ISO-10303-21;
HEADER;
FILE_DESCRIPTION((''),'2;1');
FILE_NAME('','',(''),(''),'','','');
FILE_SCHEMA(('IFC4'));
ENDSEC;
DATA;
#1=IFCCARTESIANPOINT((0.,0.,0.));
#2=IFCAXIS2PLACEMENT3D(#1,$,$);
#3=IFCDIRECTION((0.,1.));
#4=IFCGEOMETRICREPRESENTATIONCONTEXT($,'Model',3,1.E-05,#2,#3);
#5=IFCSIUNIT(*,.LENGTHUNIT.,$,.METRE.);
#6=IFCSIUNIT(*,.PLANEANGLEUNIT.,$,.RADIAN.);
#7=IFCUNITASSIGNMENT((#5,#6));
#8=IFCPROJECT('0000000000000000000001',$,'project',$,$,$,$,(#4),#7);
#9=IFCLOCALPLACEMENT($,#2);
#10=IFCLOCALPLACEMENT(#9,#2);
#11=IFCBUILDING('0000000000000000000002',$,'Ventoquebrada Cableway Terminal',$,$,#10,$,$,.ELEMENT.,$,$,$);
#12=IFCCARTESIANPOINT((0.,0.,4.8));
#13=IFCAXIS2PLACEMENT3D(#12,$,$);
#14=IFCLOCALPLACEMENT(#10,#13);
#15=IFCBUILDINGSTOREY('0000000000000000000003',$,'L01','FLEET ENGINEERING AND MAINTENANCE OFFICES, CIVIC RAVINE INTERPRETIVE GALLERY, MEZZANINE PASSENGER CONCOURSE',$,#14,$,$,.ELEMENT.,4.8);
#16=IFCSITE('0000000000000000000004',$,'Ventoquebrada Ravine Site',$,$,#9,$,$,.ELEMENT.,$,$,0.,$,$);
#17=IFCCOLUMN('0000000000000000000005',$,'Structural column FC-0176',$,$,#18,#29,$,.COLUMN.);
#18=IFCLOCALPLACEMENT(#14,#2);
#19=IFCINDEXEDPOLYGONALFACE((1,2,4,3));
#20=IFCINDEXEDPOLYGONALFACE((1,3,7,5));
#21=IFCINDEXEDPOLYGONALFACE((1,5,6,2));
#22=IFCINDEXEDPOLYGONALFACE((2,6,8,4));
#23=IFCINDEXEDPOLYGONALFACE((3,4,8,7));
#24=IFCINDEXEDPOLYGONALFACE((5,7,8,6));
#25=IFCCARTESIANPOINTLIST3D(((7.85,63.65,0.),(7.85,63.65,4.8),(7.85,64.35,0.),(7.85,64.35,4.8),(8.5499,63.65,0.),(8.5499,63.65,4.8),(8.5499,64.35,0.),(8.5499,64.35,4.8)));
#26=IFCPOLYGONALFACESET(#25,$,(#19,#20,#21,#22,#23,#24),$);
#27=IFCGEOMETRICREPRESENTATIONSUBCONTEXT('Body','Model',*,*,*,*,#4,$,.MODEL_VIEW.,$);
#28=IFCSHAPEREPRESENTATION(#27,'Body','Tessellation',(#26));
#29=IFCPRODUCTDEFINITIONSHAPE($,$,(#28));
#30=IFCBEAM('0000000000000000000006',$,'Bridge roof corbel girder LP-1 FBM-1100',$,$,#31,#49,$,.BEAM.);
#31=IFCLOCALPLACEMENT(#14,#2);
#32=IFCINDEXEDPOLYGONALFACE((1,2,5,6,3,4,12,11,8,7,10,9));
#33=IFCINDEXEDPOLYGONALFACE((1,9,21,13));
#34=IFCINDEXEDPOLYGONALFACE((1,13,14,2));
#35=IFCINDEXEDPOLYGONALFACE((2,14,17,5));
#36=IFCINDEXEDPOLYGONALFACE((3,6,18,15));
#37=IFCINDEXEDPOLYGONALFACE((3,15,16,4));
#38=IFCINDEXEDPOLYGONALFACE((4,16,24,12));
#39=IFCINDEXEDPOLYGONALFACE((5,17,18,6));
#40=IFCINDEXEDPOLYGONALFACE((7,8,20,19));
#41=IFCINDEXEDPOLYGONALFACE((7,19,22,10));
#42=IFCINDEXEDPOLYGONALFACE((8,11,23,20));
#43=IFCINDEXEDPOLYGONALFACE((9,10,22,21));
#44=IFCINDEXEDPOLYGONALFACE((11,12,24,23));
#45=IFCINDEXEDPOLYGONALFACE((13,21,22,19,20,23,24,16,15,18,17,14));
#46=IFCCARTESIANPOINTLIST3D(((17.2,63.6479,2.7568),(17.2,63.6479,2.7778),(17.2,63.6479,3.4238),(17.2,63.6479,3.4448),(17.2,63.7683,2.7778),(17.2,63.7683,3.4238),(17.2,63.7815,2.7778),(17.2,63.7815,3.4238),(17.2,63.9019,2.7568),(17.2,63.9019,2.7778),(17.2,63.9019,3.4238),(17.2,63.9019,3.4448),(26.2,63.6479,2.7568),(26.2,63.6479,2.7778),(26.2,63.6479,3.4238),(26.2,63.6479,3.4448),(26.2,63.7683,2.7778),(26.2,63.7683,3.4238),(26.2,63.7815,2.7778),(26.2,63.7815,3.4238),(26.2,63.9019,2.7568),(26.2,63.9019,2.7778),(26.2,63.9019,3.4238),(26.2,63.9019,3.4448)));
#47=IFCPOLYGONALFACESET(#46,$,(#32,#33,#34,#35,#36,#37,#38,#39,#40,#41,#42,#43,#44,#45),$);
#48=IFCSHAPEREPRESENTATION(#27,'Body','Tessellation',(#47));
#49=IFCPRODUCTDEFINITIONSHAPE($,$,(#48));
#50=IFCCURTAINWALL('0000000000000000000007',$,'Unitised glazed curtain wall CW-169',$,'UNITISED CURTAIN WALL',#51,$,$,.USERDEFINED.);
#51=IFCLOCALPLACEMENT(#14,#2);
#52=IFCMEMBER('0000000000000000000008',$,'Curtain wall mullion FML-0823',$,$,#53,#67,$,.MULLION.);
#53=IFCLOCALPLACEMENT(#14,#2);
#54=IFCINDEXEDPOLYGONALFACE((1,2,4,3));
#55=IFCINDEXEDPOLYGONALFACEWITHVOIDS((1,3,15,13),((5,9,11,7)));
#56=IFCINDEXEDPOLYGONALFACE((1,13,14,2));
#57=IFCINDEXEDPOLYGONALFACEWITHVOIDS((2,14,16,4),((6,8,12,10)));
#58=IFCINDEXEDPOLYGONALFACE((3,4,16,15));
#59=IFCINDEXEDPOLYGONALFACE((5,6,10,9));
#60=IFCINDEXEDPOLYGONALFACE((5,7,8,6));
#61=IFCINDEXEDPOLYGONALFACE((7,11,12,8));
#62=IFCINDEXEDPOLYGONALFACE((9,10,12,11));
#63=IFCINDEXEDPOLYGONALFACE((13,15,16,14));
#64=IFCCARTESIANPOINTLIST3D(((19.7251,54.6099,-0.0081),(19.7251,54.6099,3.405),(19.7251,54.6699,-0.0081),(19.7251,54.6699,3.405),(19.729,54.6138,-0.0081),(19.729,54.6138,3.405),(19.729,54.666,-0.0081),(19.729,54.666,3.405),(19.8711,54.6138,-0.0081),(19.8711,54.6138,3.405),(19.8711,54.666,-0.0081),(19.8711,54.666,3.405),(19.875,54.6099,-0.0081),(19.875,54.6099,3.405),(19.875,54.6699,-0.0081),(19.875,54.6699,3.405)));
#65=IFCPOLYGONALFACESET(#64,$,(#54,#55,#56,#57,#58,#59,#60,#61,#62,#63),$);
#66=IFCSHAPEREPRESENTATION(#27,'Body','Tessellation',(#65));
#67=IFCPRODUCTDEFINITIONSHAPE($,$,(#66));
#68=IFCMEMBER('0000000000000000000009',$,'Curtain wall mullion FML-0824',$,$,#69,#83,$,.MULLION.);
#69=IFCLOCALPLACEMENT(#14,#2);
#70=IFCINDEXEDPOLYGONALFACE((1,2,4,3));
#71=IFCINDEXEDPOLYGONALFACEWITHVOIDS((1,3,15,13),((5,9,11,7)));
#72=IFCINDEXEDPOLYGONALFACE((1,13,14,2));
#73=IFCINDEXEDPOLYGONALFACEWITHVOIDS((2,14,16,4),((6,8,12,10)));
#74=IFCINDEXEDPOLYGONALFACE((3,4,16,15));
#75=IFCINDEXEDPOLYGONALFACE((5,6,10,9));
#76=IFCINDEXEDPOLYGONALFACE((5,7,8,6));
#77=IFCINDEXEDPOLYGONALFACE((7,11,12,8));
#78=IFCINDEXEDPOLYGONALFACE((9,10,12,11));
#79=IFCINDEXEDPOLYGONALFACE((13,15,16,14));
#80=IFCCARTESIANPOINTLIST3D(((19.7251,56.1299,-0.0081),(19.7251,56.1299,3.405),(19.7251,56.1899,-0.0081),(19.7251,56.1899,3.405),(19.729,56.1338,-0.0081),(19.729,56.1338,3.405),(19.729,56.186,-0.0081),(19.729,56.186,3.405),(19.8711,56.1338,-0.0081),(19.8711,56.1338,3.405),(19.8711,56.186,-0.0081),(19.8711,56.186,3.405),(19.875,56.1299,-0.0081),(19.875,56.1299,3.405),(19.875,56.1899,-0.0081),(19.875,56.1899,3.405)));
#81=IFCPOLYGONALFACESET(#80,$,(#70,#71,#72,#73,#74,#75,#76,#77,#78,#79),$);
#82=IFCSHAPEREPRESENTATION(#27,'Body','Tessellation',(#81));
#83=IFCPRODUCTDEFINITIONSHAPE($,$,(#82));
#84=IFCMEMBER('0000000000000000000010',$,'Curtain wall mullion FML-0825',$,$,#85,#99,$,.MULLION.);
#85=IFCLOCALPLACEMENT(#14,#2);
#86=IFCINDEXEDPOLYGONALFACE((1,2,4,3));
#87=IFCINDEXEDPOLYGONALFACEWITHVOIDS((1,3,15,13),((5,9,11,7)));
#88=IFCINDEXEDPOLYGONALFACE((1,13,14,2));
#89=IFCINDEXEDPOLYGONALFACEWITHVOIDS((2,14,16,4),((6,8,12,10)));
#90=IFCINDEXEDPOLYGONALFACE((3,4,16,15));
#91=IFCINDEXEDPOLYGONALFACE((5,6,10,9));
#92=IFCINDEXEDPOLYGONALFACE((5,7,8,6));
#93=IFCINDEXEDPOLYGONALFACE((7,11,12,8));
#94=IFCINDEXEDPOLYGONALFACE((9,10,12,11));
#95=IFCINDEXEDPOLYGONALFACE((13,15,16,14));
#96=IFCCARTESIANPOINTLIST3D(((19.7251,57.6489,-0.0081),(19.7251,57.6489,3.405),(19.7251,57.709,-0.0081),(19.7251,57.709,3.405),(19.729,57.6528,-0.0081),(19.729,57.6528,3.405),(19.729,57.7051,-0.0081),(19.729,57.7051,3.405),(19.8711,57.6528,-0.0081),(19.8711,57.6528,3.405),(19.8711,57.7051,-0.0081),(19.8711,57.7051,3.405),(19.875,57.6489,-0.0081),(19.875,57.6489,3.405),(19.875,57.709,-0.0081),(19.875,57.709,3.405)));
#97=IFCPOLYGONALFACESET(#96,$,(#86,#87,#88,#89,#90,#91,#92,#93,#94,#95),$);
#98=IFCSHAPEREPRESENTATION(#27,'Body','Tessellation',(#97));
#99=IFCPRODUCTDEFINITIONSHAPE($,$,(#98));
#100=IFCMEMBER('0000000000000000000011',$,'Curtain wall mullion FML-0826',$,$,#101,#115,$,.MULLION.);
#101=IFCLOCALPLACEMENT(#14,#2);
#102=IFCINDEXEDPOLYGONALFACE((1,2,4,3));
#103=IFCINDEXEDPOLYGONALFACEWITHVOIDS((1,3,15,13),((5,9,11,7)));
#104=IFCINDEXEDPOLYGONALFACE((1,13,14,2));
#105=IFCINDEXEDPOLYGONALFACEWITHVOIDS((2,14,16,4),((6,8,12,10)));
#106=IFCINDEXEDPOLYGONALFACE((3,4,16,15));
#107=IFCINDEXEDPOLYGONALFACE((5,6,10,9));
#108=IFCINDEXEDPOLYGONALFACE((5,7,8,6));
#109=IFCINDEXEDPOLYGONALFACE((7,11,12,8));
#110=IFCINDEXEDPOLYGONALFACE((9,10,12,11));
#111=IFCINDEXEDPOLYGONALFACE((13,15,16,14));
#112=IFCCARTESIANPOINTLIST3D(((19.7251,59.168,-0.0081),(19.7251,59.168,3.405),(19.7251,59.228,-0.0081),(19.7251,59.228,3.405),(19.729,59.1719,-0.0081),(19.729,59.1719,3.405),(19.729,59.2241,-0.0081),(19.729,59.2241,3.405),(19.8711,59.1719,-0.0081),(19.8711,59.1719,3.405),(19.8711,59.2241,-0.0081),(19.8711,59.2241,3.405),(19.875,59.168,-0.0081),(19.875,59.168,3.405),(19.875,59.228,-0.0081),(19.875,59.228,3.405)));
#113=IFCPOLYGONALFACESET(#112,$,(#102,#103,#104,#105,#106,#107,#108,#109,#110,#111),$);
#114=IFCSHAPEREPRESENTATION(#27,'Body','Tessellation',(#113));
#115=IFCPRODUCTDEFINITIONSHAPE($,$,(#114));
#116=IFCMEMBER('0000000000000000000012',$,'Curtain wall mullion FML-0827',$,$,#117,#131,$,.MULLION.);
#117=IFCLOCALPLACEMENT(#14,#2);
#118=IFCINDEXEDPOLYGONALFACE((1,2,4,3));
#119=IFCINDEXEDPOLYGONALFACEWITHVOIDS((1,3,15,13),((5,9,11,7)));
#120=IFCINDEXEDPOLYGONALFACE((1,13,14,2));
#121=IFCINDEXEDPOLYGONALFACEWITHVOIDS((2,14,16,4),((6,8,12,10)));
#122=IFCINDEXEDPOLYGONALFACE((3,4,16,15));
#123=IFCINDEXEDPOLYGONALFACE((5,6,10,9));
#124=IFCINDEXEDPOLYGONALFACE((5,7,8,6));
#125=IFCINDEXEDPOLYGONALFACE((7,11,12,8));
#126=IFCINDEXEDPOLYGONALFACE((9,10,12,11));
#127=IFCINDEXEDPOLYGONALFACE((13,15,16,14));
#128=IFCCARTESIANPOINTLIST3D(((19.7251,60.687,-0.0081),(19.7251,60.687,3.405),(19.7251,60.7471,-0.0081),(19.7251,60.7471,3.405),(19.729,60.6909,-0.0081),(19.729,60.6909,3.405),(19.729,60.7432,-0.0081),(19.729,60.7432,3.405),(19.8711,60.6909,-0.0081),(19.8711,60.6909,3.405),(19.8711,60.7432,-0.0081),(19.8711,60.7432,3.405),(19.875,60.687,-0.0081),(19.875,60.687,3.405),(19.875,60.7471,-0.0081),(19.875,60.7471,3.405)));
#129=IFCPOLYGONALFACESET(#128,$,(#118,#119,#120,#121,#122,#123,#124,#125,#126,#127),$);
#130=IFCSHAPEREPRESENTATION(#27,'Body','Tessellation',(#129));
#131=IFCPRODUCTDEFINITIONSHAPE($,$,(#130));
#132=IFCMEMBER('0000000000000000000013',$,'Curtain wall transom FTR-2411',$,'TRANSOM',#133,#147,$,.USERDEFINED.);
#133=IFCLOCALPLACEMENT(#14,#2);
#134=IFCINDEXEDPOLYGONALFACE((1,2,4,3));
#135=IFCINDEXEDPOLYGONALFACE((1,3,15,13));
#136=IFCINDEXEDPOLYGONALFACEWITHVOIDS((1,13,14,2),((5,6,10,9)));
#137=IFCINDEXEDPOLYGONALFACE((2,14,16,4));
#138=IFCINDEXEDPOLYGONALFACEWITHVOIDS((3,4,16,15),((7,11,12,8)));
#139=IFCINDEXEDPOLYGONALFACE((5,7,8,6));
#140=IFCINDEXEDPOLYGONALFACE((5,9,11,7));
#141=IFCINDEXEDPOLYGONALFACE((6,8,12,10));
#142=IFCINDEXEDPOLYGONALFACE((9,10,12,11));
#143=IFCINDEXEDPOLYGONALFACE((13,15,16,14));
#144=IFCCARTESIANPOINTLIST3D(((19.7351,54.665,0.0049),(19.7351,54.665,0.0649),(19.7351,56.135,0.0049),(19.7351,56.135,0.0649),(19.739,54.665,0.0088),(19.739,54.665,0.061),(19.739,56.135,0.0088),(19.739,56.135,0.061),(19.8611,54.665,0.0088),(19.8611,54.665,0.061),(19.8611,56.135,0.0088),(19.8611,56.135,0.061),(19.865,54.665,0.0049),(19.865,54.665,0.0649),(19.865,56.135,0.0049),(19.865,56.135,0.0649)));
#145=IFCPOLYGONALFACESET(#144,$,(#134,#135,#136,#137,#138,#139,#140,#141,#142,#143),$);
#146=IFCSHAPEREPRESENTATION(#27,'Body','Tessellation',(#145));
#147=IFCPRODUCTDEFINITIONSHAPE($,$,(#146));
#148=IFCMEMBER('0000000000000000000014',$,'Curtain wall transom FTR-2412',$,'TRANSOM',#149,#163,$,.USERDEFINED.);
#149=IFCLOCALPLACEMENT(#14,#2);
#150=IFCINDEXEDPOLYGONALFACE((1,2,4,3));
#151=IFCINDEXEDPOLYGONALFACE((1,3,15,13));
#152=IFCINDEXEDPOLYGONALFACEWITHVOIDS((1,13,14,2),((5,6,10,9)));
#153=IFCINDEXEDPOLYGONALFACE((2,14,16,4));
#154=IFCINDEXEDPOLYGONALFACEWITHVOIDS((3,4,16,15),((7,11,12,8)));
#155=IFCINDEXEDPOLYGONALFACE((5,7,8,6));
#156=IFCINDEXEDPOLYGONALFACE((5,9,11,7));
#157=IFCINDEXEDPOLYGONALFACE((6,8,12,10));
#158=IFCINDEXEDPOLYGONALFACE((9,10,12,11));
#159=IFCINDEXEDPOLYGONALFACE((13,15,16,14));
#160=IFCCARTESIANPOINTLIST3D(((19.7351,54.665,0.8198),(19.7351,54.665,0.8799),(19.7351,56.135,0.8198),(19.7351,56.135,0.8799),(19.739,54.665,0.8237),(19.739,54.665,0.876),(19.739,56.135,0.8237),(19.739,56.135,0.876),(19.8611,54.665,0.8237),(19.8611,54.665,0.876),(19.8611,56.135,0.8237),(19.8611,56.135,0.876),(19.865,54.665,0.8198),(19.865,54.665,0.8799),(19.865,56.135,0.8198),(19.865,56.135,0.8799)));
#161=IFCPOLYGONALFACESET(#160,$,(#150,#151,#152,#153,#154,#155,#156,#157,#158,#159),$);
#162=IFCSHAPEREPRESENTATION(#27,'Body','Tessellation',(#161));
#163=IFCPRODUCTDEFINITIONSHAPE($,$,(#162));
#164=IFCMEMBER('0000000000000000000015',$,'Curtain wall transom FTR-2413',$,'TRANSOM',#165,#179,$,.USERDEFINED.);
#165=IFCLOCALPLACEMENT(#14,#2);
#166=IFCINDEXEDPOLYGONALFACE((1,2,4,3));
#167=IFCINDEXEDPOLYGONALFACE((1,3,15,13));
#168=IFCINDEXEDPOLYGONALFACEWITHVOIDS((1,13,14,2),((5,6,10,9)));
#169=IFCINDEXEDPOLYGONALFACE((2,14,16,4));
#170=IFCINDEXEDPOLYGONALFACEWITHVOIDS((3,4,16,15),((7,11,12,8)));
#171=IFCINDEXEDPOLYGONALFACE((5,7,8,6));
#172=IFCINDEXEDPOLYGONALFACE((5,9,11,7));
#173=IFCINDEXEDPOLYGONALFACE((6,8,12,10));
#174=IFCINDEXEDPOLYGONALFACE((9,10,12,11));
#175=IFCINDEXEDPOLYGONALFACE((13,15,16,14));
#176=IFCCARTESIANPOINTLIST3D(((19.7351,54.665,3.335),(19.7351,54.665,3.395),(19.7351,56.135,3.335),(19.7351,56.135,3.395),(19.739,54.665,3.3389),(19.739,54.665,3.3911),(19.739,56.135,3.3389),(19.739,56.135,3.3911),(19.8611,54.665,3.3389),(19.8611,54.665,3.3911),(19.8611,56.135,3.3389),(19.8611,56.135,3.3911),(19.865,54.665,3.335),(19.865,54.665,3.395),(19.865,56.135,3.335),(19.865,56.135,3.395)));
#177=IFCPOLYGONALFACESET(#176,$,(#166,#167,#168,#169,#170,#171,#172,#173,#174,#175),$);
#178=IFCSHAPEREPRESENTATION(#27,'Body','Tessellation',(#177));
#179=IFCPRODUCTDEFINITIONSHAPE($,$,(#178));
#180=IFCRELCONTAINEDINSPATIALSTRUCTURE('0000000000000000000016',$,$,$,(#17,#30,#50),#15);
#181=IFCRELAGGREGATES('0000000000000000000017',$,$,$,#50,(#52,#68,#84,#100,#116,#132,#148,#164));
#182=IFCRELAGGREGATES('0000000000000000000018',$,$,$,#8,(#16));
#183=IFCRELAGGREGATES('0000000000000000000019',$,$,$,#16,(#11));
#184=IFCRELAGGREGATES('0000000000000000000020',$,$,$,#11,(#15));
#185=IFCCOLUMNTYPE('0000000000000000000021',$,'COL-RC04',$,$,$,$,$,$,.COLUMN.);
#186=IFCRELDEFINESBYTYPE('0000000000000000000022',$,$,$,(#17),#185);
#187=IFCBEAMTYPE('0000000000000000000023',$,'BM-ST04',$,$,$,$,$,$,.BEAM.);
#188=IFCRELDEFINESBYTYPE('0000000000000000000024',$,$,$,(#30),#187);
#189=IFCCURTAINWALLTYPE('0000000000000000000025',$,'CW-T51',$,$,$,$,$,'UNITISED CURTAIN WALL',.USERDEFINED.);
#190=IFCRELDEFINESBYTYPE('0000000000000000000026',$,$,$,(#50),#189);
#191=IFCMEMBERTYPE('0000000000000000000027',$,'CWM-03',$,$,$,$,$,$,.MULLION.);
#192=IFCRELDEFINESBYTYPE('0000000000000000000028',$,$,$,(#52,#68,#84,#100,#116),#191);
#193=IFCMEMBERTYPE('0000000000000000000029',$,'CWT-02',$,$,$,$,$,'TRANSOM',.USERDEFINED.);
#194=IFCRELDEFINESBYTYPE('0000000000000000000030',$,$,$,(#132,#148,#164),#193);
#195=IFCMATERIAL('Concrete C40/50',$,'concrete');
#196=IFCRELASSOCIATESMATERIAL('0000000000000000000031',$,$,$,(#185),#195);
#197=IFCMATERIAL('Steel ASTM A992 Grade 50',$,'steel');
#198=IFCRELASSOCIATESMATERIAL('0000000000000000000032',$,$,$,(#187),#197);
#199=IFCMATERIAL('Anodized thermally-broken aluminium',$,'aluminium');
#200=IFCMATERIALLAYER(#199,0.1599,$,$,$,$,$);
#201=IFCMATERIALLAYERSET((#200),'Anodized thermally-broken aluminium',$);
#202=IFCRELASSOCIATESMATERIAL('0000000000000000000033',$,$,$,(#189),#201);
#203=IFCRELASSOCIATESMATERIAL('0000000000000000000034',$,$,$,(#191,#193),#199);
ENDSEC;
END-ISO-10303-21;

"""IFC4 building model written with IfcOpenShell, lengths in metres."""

from ifc_helpers import new_model, si_unit, direction, frame, origin, origin_2d, place, context, subcontext, project, spatial, rectangle, hollow_rectangle, i_section, extrude, material, layer, layer_set, material_profile, profile_set, type_object, element, aggregate, save


model = new_model("IFC4")

# Units and contexts
model_context = context("Model", 3, precision=1e-05, world=origin(), true_north=direction((0.0, 1.0)))
body_context = subcontext(model_context, "Body", "Model", "MODEL_VIEW")
ifc_project = project(units=[si_unit("LENGTHUNIT", "METRE"), si_unit("PLANEANGLEUNIT", "RADIAN")], contexts=[model_context])

# Site, building, storey
site_placement = place(None, origin())
site = spatial("IfcSite", under=ifc_project, at=site_placement, Name="Ventoquebrada Ravine Site", CompositionType="ELEMENT", RefElevation=0.0)
building_placement = place(site_placement, origin())
building = spatial("IfcBuilding", under=site, at=building_placement, Name="Ventoquebrada Cableway Terminal", CompositionType="ELEMENT")
storey_placement = place(building_placement, frame((0.0, 0.0, 4.8)))
storey = spatial("IfcBuildingStorey", under=building, at=storey_placement, Name="L01", Description="FLEET ENGINEERING AND MAINTENANCE OFFICES, CIVIC RAVINE INTERPRETIVE GALLERY, MEZZANINE PASSENGER CONCOURSE", CompositionType="ELEMENT", Elevation=4.8)

# Column
ifc_material_1 = material(Name="Concrete C40/50", Category="concrete")
ifc_material_profile_1 = material_profile(ifc_material_1, rectangle(XDim=0.7, YDim=0.7, at=origin_2d()), Name="RC-COL-700X700")
ifc_profile_set_1 = profile_set([ifc_material_profile_1], Name="Concrete C40/50")
column_type = type_object("IfcColumnType", Name="COL-RC04", PredefinedType="COLUMN", material=ifc_profile_set_1)
column_placement = place(storey_placement, frame((8.2, 64.0, 0.0), z_axis=(0.0, 0.0, 1.0), x_axis=(1.0, 0.0, 0.0)))
element("IfcColumn", 1, at=column_placement, inside=storey, type_object=column_type, Name="Structural column FC-0176", PredefinedType="COLUMN", context=body_context, shape_type="SweptSolid", body=[
    extrude(rectangle(XDim=0.7, YDim=0.7, at=origin_2d()), origin(), (0.0, 0.0, 1.0), 4.8),
])

# Beam
ifc_material_2 = material(Name="Steel ASTM A992 Grade 50", Category="steel")
ifc_material_profile_2 = material_profile(ifc_material_2, i_section(OverallWidth=0.2539, OverallDepth=0.688, WebThickness=0.0132, FlangeThickness=0.021, at=origin_2d()), Name="W27X102")
ifc_profile_set_2 = profile_set([ifc_material_profile_2], Name="Steel ASTM A992 Grade 50")
beam_type_1 = type_object("IfcBeamType", Name="BM-ST04", PredefinedType="BEAM", material=ifc_profile_set_2)
beam_1_placement = place(storey_placement, frame((17.2, 63.7749, 3.1008), z_axis=(1.0, 0.0, 0.0), x_axis=(0.0, 1.0, 0.0)))
element("IfcBeam", 2, at=beam_1_placement, inside=storey, type_object=beam_type_1, Name="Bridge roof corbel girder LP-1 FBM-1100", PredefinedType="BEAM", context=body_context, shape_type="SweptSolid", body=[
    extrude(i_section(OverallWidth=0.2539, OverallDepth=0.688, WebThickness=0.0132, FlangeThickness=0.021, at=origin_2d()), origin(), (0.0, 0.0, 1.0), 9.0),
])

# Curtain wall, members
ifc_material_3 = material(Name="Anodized thermally-broken aluminium", Category="aluminium")
ifc_layer_1 = layer(ifc_material_3, 0.1599)
ifc_layer_set_1 = layer_set([ifc_layer_1], Name="Anodized thermally-broken aluminium")
curtain_wall_type = type_object("IfcCurtainWallType", Name="CW-T51", ElementType="UNITISED CURTAIN WALL", PredefinedType="USERDEFINED", material=ifc_layer_set_1)
curtain_wall_placement = place(storey_placement, origin())
curtain_wall = element("IfcCurtainWall", 3, at=curtain_wall_placement, inside=storey, type_object=curtain_wall_type, Name="Unitised glazed curtain wall CW-169", ObjectType="UNITISED CURTAIN WALL", PredefinedType="USERDEFINED")
ifc_material_profile_3 = material_profile(ifc_material_3, hollow_rectangle(XDim=0.0601, YDim=0.1499, WallThickness=0.0039, at=origin_2d()), Name="CW-MUL-60X150")
ifc_profile_set_3 = profile_set([ifc_material_profile_3], Name="Anodized thermally-broken aluminium")
member_type_1 = type_object("IfcMemberType", Name="CWM-03", PredefinedType="MULLION", material=ifc_profile_set_3)
member_1_placement = place(storey_placement, frame((19.8, 54.6399, -0.0081), z_axis=(0.0, 0.0, 1.0), x_axis=(0.0, 1.0, 0.0)))
member_1 = element("IfcMember", 4, at=member_1_placement, type_object=member_type_1, Name="Curtain wall mullion FML-0823", PredefinedType="MULLION", context=body_context, shape_type="SweptSolid", body=[
    extrude(hollow_rectangle(XDim=0.0601, YDim=0.1499, WallThickness=0.0039, at=origin_2d()), origin(), (0.0, 0.0, 1.0), 3.4131),
])
member_2_placement = place(storey_placement, frame((19.8, 56.1599, -0.0081), z_axis=(0.0, 0.0, 1.0), x_axis=(0.0, 1.0, 0.0)))
member_2 = element("IfcMember", 5, at=member_2_placement, type_object=member_type_1, Name="Curtain wall mullion FML-0824", PredefinedType="MULLION", context=body_context, shape_type="SweptSolid", body=[
    extrude(hollow_rectangle(XDim=0.0601, YDim=0.1499, WallThickness=0.0039, at=origin_2d()), origin(), (0.0, 0.0, 1.0), 3.4131),
])
member_3_placement = place(storey_placement, frame((19.8, 57.679, -0.0081), z_axis=(0.0, 0.0, 1.0), x_axis=(0.0, 1.0, 0.0)))
member_3 = element("IfcMember", 6, at=member_3_placement, type_object=member_type_1, Name="Curtain wall mullion FML-0825", PredefinedType="MULLION", context=body_context, shape_type="SweptSolid", body=[
    extrude(hollow_rectangle(XDim=0.0601, YDim=0.1499, WallThickness=0.0039, at=origin_2d()), origin(), (0.0, 0.0, 1.0), 3.4131),
])
member_4_placement = place(storey_placement, frame((19.8, 59.198, -0.0081), z_axis=(0.0, 0.0, 1.0), x_axis=(0.0, 1.0, 0.0)))
member_4 = element("IfcMember", 7, at=member_4_placement, type_object=member_type_1, Name="Curtain wall mullion FML-0826", PredefinedType="MULLION", context=body_context, shape_type="SweptSolid", body=[
    extrude(hollow_rectangle(XDim=0.0601, YDim=0.1499, WallThickness=0.0039, at=origin_2d()), origin(), (0.0, 0.0, 1.0), 3.4131),
])
member_5_placement = place(storey_placement, frame((19.8, 60.717, -0.0081), z_axis=(0.0, 0.0, 1.0), x_axis=(0.0, 1.0, 0.0)))
member_5 = element("IfcMember", 8, at=member_5_placement, type_object=member_type_1, Name="Curtain wall mullion FML-0827", PredefinedType="MULLION", context=body_context, shape_type="SweptSolid", body=[
    extrude(hollow_rectangle(XDim=0.0601, YDim=0.1499, WallThickness=0.0039, at=origin_2d()), origin(), (0.0, 0.0, 1.0), 3.4131),
])
ifc_material_profile_4 = material_profile(ifc_material_3, hollow_rectangle(XDim=0.0601, YDim=0.1299, WallThickness=0.0039, at=origin_2d()), Name="CW-TRN-60X130")
ifc_profile_set_4 = profile_set([ifc_material_profile_4], Name="Anodized thermally-broken aluminium")
member_type_2 = type_object("IfcMemberType", Name="CWT-02", ElementType="TRANSOM", PredefinedType="USERDEFINED", material=ifc_profile_set_4)
member_6_placement = place(storey_placement, frame((19.8, 54.665, 0.0349), z_axis=(0.0, 1.0, 0.0), x_axis=(0.0, 0.0, 1.0)))
member_6 = element("IfcMember", 9, at=member_6_placement, type_object=member_type_2, Name="Curtain wall transom FTR-2411", ObjectType="TRANSOM", PredefinedType="USERDEFINED", context=body_context, shape_type="SweptSolid", body=[
    extrude(hollow_rectangle(XDim=0.0601, YDim=0.1299, WallThickness=0.0039, at=origin_2d()), origin(), (0.0, 0.0, 1.0), 1.47),
])
member_7_placement = place(storey_placement, frame((19.8, 54.665, 0.8499), z_axis=(0.0, 1.0, 0.0), x_axis=(0.0, 0.0, 1.0)))
member_7 = element("IfcMember", 10, at=member_7_placement, type_object=member_type_2, Name="Curtain wall transom FTR-2412", ObjectType="TRANSOM", PredefinedType="USERDEFINED", context=body_context, shape_type="SweptSolid", body=[
    extrude(hollow_rectangle(XDim=0.0601, YDim=0.1299, WallThickness=0.0039, at=origin_2d()), origin(), (0.0, 0.0, 1.0), 1.47),
])
member_8_placement = place(storey_placement, frame((19.8, 54.665, 3.365), z_axis=(0.0, 1.0, 0.0), x_axis=(0.0, 0.0, 1.0)))
member_8 = element("IfcMember", 11, at=member_8_placement, type_object=member_type_2, Name="Curtain wall transom FTR-2413", ObjectType="TRANSOM", PredefinedType="USERDEFINED", context=body_context, shape_type="SweptSolid", body=[
    extrude(hollow_rectangle(XDim=0.0601, YDim=0.1299, WallThickness=0.0039, at=origin_2d()), origin(), (0.0, 0.0, 1.0), 1.47),
])

aggregate(curtain_wall, [member_1, member_2, member_3, member_4, member_5, member_6, member_7, member_8])

save(model, "model.ifc")
